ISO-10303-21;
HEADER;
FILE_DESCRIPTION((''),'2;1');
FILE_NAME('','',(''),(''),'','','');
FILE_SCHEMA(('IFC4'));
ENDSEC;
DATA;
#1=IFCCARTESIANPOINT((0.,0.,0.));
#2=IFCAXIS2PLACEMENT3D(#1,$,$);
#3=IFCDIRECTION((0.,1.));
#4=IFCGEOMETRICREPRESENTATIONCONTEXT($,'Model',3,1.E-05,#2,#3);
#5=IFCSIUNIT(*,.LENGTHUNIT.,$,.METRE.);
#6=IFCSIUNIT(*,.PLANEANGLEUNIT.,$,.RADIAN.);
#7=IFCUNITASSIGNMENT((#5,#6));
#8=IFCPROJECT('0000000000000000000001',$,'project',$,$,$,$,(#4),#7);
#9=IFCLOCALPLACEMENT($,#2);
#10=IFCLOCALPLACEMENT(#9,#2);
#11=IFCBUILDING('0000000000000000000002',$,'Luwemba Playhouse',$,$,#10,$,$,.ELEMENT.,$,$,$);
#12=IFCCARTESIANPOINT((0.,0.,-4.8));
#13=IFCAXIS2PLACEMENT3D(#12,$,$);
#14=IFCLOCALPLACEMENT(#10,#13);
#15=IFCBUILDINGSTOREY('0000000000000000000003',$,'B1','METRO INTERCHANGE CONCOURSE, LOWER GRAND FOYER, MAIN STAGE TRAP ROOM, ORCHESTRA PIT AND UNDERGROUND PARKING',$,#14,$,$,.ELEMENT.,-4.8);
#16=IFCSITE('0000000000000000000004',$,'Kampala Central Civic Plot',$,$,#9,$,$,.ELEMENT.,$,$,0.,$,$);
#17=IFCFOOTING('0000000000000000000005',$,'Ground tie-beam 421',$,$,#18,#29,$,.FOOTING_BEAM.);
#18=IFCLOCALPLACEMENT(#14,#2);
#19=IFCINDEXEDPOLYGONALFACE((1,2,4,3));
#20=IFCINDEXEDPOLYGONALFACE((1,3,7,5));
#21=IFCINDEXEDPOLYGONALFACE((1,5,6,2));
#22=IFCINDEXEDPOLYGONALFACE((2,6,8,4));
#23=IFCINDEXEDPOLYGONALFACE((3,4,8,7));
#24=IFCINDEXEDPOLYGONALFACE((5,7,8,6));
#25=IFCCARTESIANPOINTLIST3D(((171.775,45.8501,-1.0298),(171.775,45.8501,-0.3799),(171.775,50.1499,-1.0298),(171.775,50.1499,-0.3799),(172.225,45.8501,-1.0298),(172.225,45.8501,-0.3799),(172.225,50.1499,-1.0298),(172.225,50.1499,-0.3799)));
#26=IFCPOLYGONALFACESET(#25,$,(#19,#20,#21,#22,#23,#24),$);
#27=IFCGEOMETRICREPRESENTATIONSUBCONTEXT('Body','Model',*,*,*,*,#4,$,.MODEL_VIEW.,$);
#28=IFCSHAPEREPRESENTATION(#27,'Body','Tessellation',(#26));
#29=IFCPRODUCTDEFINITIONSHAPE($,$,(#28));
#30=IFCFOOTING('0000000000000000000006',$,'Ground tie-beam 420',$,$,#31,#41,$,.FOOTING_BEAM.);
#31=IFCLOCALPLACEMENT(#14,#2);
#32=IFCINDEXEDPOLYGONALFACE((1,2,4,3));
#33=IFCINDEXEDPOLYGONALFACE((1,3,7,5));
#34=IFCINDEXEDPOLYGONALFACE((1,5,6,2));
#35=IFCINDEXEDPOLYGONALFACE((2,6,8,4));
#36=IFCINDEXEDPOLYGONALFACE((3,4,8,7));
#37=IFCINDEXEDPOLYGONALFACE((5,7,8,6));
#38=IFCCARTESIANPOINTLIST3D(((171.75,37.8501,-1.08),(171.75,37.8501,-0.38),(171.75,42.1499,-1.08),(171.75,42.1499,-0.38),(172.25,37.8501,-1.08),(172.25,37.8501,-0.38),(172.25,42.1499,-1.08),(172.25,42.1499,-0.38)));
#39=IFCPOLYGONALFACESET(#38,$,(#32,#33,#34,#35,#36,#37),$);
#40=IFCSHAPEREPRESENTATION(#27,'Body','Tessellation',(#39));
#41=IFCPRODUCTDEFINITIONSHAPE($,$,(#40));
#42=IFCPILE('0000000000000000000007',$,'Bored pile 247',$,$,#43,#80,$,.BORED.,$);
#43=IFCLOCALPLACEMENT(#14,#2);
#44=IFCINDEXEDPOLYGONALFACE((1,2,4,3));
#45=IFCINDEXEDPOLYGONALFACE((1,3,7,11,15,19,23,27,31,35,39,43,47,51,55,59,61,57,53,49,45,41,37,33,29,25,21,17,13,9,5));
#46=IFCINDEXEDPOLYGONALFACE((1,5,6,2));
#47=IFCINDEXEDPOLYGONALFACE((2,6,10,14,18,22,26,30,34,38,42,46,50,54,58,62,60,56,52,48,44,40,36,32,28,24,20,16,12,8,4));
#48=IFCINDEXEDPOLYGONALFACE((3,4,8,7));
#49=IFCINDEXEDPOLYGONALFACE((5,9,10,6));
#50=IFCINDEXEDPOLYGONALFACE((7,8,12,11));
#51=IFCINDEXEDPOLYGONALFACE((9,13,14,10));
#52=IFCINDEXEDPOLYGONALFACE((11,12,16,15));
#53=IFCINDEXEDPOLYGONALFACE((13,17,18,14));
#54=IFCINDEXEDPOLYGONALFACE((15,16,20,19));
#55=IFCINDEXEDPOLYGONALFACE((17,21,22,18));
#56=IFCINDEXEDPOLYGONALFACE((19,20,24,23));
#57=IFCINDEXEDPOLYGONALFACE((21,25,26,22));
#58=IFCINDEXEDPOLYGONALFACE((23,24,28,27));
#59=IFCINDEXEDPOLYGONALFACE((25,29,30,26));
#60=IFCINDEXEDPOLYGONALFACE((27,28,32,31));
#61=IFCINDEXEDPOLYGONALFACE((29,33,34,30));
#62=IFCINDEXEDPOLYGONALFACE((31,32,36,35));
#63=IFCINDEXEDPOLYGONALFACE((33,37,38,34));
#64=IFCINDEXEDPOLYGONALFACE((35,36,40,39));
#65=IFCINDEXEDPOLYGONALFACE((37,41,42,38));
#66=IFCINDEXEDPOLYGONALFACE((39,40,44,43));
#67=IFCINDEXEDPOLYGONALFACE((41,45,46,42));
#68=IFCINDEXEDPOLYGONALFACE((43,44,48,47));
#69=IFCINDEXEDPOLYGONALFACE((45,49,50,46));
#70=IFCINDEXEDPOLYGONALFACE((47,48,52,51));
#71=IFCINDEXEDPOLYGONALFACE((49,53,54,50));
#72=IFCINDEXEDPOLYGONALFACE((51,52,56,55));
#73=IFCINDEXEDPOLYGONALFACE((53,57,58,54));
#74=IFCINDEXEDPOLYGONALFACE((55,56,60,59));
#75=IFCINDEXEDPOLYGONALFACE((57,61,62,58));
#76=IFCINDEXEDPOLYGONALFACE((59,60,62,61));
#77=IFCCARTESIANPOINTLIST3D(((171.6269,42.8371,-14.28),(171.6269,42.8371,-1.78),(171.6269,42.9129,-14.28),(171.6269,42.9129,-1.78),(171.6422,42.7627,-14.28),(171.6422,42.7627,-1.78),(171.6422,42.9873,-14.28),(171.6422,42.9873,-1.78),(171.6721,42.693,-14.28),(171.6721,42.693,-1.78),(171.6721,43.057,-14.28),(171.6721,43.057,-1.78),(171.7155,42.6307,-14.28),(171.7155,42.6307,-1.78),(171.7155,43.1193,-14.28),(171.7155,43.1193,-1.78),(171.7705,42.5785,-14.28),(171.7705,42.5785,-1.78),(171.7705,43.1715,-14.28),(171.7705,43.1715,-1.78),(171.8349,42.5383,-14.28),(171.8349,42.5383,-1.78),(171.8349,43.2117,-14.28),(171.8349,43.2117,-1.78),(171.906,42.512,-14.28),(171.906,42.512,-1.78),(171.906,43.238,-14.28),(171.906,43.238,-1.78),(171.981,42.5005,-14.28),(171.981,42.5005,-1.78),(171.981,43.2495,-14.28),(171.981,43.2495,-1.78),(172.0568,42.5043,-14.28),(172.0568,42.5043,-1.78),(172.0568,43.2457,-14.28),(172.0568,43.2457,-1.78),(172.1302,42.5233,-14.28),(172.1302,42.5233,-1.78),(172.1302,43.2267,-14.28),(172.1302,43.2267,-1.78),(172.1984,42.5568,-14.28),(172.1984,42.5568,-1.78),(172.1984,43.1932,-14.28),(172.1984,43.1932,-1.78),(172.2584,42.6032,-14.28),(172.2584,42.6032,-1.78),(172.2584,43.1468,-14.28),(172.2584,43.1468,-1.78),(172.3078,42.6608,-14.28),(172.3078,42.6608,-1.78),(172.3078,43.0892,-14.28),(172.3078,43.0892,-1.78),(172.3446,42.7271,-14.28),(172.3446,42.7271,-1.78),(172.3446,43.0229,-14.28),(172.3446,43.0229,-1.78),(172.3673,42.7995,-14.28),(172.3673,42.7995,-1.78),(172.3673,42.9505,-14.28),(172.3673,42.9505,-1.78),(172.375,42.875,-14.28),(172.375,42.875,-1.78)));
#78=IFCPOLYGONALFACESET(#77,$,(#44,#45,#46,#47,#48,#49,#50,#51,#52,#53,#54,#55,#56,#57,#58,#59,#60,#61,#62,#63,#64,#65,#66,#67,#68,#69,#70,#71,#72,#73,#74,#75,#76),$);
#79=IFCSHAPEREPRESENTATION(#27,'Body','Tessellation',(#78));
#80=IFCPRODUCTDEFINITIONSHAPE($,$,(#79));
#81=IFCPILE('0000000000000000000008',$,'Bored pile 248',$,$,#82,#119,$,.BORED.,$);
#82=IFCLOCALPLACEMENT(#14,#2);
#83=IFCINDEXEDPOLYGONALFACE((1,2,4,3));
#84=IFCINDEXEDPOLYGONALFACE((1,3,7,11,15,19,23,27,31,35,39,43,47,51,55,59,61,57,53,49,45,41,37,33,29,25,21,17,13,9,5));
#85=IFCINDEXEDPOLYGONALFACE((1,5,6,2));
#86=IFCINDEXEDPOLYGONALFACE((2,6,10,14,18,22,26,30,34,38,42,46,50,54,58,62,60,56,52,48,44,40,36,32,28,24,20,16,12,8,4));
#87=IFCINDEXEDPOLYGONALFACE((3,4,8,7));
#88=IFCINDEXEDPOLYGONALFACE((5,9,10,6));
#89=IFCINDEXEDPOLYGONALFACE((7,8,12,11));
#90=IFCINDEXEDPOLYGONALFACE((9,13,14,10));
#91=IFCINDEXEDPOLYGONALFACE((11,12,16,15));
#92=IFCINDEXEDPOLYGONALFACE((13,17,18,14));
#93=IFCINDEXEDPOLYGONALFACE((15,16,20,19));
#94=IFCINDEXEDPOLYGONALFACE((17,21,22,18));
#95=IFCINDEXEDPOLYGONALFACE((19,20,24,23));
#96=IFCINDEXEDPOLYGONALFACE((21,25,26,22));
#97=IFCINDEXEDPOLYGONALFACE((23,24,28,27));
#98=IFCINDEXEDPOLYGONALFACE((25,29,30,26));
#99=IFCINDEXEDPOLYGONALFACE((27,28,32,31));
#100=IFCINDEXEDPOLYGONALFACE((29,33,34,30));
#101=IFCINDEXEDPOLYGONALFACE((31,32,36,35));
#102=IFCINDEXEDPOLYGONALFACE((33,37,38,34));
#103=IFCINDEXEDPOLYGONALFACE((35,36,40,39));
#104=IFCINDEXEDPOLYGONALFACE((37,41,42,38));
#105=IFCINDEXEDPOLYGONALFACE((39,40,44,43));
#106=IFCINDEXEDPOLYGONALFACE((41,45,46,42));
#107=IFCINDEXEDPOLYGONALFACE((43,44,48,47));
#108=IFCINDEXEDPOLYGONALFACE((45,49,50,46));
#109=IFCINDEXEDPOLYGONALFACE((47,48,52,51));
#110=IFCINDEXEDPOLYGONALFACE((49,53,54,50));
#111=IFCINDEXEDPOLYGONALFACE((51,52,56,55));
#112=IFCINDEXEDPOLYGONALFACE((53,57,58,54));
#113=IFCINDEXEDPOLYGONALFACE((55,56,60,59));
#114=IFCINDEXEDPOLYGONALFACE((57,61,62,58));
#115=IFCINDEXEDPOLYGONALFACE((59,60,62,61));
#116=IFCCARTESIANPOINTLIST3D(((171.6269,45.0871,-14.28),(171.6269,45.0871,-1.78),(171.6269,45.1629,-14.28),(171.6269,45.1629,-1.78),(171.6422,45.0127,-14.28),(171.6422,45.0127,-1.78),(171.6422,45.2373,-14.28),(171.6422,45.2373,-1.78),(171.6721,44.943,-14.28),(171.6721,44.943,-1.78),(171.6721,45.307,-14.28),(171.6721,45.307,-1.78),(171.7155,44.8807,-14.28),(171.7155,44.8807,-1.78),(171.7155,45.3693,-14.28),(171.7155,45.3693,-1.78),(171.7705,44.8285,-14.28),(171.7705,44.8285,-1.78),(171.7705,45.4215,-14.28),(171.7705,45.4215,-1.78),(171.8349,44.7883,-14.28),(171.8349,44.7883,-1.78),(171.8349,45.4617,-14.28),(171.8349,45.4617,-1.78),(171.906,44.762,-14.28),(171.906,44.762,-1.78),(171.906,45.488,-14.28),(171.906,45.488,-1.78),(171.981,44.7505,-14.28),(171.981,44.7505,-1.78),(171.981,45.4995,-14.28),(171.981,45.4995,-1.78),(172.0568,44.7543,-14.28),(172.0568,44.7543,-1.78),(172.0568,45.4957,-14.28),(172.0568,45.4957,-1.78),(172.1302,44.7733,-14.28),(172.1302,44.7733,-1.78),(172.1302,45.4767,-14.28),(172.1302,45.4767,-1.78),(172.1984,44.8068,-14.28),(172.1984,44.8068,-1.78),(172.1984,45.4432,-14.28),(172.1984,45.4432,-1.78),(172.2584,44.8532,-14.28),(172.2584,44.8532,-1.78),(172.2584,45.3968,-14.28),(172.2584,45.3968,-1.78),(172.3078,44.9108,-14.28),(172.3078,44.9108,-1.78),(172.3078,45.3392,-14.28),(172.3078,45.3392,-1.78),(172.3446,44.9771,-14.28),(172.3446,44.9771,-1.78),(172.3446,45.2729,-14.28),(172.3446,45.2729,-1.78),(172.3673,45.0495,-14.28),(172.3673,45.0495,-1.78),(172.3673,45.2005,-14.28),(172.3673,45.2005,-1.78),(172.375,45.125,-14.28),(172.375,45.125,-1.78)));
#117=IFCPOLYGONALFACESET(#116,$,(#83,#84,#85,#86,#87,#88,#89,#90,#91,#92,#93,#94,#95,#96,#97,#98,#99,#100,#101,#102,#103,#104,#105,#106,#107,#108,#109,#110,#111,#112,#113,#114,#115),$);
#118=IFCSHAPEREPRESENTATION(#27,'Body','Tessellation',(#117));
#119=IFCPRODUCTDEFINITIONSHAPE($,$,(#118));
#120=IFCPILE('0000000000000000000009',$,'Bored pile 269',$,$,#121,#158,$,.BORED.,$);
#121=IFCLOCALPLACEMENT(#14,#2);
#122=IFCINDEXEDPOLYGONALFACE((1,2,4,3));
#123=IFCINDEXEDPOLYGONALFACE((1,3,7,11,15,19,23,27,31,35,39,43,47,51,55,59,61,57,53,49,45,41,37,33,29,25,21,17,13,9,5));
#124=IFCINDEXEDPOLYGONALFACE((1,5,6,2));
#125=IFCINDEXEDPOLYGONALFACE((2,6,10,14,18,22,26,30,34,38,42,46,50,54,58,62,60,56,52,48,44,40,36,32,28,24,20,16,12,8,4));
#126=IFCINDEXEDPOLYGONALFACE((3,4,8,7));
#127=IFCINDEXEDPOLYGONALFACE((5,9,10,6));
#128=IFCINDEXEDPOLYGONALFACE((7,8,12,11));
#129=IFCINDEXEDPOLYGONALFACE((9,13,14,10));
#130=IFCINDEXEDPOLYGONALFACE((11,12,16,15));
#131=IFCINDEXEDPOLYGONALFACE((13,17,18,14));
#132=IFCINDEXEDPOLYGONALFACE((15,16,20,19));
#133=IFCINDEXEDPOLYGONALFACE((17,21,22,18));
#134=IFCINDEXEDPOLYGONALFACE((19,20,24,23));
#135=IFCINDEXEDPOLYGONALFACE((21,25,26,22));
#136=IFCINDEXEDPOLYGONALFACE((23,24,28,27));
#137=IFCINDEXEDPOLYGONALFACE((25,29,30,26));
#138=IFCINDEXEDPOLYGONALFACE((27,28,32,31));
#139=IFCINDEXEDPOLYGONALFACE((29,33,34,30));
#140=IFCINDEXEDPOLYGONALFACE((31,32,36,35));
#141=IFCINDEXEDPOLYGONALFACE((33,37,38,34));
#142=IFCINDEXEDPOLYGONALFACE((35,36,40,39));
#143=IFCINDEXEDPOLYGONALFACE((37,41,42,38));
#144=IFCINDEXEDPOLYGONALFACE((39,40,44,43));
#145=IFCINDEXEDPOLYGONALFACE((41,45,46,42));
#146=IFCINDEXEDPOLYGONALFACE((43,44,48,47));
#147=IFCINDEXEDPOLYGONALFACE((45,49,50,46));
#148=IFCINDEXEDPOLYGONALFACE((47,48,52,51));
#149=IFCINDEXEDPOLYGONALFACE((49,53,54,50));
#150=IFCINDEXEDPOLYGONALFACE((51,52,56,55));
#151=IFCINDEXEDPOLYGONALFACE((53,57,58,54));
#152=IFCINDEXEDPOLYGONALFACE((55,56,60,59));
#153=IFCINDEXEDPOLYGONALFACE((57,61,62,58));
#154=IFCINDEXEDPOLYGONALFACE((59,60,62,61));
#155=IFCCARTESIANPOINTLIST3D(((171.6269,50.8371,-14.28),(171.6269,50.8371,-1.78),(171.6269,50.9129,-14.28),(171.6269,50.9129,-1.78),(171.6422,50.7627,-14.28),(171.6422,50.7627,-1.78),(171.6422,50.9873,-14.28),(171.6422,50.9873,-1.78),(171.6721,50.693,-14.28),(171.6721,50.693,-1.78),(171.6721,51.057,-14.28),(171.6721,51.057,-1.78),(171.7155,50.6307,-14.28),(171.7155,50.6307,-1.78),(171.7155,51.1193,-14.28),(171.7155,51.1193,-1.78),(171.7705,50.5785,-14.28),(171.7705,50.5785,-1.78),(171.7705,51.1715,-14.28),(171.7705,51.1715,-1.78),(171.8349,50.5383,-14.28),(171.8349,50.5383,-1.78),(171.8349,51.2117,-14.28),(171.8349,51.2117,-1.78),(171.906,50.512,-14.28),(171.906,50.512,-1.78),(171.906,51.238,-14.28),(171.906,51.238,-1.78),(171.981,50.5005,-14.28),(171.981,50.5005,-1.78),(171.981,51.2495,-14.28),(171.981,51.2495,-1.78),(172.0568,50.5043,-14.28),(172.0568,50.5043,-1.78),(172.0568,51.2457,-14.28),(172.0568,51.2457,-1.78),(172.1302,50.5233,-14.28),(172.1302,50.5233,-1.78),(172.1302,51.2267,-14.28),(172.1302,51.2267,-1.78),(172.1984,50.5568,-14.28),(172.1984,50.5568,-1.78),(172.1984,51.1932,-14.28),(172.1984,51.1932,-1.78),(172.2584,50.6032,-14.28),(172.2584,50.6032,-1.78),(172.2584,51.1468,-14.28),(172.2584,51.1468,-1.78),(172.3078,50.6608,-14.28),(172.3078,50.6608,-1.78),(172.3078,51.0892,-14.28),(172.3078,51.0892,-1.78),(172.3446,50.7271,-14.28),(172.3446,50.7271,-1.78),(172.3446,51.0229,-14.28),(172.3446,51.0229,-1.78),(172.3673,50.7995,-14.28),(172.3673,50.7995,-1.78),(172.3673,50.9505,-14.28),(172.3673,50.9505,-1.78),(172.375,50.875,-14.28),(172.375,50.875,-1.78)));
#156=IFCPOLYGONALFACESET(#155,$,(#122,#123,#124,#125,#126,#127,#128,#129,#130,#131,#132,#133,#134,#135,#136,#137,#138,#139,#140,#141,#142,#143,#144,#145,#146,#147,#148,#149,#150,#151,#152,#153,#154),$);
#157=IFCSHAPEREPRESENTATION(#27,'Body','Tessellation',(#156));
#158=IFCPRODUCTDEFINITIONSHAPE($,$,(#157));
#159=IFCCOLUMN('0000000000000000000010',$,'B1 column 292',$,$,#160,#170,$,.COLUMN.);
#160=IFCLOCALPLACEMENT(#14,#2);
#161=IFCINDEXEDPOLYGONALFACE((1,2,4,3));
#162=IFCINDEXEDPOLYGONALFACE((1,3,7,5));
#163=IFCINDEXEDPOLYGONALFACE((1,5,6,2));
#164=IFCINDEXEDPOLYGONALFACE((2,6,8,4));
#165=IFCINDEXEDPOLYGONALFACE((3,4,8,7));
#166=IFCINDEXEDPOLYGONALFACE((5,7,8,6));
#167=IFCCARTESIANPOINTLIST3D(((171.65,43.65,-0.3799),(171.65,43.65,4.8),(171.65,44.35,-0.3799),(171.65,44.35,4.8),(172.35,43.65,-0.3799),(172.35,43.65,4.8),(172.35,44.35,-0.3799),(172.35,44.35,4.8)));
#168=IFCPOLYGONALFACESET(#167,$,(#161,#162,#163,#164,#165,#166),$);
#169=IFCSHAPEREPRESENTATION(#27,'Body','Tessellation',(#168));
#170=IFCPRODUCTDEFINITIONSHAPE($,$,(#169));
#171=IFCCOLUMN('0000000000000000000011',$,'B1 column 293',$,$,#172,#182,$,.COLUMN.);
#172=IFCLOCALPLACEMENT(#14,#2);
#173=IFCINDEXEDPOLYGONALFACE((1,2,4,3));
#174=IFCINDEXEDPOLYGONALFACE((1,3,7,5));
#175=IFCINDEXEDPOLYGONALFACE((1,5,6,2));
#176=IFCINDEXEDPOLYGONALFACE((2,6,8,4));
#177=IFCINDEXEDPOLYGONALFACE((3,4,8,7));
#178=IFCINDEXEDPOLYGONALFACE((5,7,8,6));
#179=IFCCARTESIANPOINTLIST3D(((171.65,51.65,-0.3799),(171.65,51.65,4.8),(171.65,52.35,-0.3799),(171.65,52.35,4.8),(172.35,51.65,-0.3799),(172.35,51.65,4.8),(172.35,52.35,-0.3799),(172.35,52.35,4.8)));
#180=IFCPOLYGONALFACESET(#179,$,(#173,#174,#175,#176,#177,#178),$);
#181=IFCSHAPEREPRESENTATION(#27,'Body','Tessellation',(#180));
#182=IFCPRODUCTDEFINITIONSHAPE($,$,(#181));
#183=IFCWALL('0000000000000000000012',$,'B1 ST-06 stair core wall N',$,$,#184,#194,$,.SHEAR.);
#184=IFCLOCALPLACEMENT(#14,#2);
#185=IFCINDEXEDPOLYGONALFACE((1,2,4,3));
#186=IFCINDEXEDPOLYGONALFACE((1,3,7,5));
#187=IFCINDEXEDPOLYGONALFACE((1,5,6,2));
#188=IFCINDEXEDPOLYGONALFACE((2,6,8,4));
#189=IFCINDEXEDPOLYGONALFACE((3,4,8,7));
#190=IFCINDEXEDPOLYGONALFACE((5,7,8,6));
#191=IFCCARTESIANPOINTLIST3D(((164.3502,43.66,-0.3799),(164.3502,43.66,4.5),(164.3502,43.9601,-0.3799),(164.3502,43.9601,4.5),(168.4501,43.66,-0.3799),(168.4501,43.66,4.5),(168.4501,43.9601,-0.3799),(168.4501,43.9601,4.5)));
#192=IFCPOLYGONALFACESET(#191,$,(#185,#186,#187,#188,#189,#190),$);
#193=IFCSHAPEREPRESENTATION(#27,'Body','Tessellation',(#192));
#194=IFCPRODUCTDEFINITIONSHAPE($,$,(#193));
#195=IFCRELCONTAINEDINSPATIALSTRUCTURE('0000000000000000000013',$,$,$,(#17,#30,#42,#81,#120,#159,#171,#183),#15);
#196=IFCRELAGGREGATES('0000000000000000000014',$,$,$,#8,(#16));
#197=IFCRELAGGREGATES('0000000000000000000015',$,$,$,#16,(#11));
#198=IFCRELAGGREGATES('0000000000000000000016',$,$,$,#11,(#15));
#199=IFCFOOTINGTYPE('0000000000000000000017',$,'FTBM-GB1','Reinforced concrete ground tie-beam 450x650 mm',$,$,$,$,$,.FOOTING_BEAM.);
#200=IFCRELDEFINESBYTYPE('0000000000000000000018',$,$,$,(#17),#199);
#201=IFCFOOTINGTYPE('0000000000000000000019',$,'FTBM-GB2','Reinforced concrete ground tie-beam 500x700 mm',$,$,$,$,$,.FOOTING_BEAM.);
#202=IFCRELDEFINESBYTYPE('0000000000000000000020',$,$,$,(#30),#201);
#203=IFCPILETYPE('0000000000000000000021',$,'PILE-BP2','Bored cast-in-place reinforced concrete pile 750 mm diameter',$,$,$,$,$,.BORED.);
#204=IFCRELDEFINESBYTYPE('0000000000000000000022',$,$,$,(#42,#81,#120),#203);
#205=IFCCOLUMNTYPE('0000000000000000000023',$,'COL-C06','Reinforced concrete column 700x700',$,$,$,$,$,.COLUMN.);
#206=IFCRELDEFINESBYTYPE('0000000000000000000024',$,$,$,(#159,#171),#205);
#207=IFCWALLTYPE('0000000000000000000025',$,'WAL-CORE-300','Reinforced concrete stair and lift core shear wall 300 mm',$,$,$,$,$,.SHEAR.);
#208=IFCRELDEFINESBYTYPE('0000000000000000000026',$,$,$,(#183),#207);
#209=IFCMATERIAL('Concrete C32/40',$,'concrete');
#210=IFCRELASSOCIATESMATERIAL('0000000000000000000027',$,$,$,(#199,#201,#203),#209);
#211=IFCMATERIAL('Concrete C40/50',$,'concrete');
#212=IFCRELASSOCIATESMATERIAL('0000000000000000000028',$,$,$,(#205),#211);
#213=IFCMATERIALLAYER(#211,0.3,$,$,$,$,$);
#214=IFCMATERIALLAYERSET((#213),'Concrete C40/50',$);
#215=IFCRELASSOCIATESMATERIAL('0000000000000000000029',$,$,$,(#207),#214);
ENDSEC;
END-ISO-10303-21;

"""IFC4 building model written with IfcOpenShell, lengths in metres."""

from ifc_helpers import new_model, si_unit, direction, frame, frame_2d, origin, origin_2d, place, context, subcontext, project, spatial, rectangle, circle, extrude, material, layer, layer_set, material_profile, profile_set, type_object, element, save


model = new_model("IFC4")

# Units and contexts
model_context = context("Model", 3, precision=1e-05, world=origin(), true_north=direction((0.0, 1.0)))
body_context = subcontext(model_context, "Body", "Model", "MODEL_VIEW")
ifc_project = project(units=[si_unit("LENGTHUNIT", "METRE"), si_unit("PLANEANGLEUNIT", "RADIAN")], contexts=[model_context])

# Site, building, storey
site_placement = place(None, origin())
site = spatial("IfcSite", under=ifc_project, at=site_placement, Name="Kampala Central Civic Plot", CompositionType="ELEMENT", RefElevation=0.0)
building_placement = place(site_placement, origin())
building = spatial("IfcBuilding", under=site, at=building_placement, Name="Luwemba Playhouse", CompositionType="ELEMENT")
storey_placement = place(building_placement, frame((0.0, 0.0, -4.8)))
storey = spatial("IfcBuildingStorey", under=building, at=storey_placement, Name="B1", Description="METRO INTERCHANGE CONCOURSE, LOWER GRAND FOYER, MAIN STAGE TRAP ROOM, ORCHESTRA PIT AND UNDERGROUND PARKING", CompositionType="ELEMENT", Elevation=-4.8)

# Footings
ifc_material_1 = material(Name="Concrete C32/40", Category="concrete")
ifc_material_profile_1 = material_profile(ifc_material_1, rectangle(XDim=0.45, YDim=0.6499, at=origin_2d()))
ifc_profile_set_1 = profile_set([ifc_material_profile_1], Name="Concrete C32/40")
footing_type_1 = type_object("IfcFootingType", Name="FTBM-GB1", Description="Reinforced concrete ground tie-beam 450x650 mm", PredefinedType="FOOTING_BEAM", material=ifc_profile_set_1)
footing_1_placement = place(storey_placement, frame((172.0, 45.8501, -0.7048), z_axis=(0.0, 1.0, 0.0), x_axis=(-1.0, 0.0, 0.0)))
element("IfcFooting", 1, at=footing_1_placement, inside=storey, type_object=footing_type_1, Name="Ground tie-beam 421", PredefinedType="FOOTING_BEAM", context=body_context, shape_type="SweptSolid", body=[
    extrude(rectangle(XDim=0.45, YDim=0.6499, at=origin_2d()), origin(), (0.0, 0.0, 1.0), 4.2998),
])
ifc_material_profile_2 = material_profile(ifc_material_1, rectangle(XDim=0.5, YDim=0.7, at=origin_2d()))
ifc_profile_set_2 = profile_set([ifc_material_profile_2], Name="Concrete C32/40")
footing_type_2 = type_object("IfcFootingType", Name="FTBM-GB2", Description="Reinforced concrete ground tie-beam 500x700 mm", PredefinedType="FOOTING_BEAM", material=ifc_profile_set_2)
footing_2_placement = place(storey_placement, frame((172.0, 37.8501, -0.73), z_axis=(0.0, 1.0, 0.0), x_axis=(-1.0, 0.0, 0.0)))
element("IfcFooting", 2, at=footing_2_placement, inside=storey, type_object=footing_type_2, Name="Ground tie-beam 420", PredefinedType="FOOTING_BEAM", context=body_context, shape_type="SweptSolid", body=[
    extrude(rectangle(XDim=0.5, YDim=0.7, at=origin_2d()), origin(), (0.0, 0.0, 1.0), 4.2998),
])

# Piles
ifc_material_profile_3 = material_profile(ifc_material_1, circle(Radius=0.375, at=origin_2d()))
ifc_profile_set_3 = profile_set([ifc_material_profile_3], Name="Concrete C32/40")
pile_type = type_object("IfcPileType", Name="PILE-BP2", Description="Bored cast-in-place reinforced concrete pile 750 mm diameter", PredefinedType="BORED", material=ifc_profile_set_3)
for number, where, z_axis, x_axis, name in (
    (3, (172.0, 42.875, -1.78), (0.0, 0.0, -1.0), (1.0, 0.0, 0.0), "Bored pile 247"),
    (4, (172.0, 45.125, -1.78), (0.0, 0.0, -1.0), (1.0, 0.0, 0.0), "Bored pile 248"),
    (5, (172.0, 50.875, -1.78), (0.0, 0.0, -1.0), (1.0, 0.0, 0.0), "Bored pile 269"),
):
    element("IfcPile", number, at=place(storey_placement, frame(where, z_axis=z_axis, x_axis=x_axis)), inside=storey, type_object=pile_type, Name=name, PredefinedType="BORED", context=body_context, shape_type="SweptSolid", body=[
        extrude(circle(Radius=0.375, at=origin_2d()), origin(), (0.0, 0.0, 1.0), 12.5),
    ])

# Columns
ifc_material_2 = material(Name="Concrete C40/50", Category="concrete")
ifc_material_profile_4 = material_profile(ifc_material_2, rectangle(XDim=0.7, YDim=0.7, at=origin_2d()))
ifc_profile_set_4 = profile_set([ifc_material_profile_4], Name="Concrete C40/50")
column_type = type_object("IfcColumnType", Name="COL-C06", Description="Reinforced concrete column 700x700", PredefinedType="COLUMN", material=ifc_profile_set_4)
for number, where, z_axis, x_axis, name in (
    (6, (172.0, 44.0, -0.3799), (0.0, 0.0, 1.0), (1.0, 0.0, 0.0), "B1 column 292"),
    (7, (172.0, 52.0, -0.3799), (0.0, 0.0, 1.0), (1.0, 0.0, 0.0), "B1 column 293"),
):
    element("IfcColumn", number, at=place(storey_placement, frame(where, z_axis=z_axis, x_axis=x_axis)), inside=storey, type_object=column_type, Name=name, PredefinedType="COLUMN", context=body_context, shape_type="SweptSolid", body=[
        extrude(rectangle(XDim=0.7, YDim=0.7, at=origin_2d()), origin(), (0.0, 0.0, 1.0), 5.1799),
    ])

# Wall
ifc_layer_1 = layer(ifc_material_2, 0.3)
ifc_layer_set_1 = layer_set([ifc_layer_1], Name="Concrete C40/50")
wall_type_1 = type_object("IfcWallType", Name="WAL-CORE-300", Description="Reinforced concrete stair and lift core shear wall 300 mm", PredefinedType="SHEAR", material=ifc_layer_set_1)
wall_1_placement = place(storey_placement, frame((168.45, 43.8101, -0.3799), z_axis=(0.0, 0.0, 1.0), x_axis=(-1.0, 0.0, 0.0)))
element("IfcWall", 8, at=wall_1_placement, inside=storey, type_object=wall_type_1, Name="B1 ST-06 stair core wall N", PredefinedType="SHEAR", context=body_context, shape_type="SweptSolid", body=[
    extrude(rectangle(XDim=4.0999, YDim=0.3, at=frame_2d((2.0498, 0.0))), origin(), (0.0, 0.0, 1.0), 4.8799),
])

save(model, "model.ifc")
